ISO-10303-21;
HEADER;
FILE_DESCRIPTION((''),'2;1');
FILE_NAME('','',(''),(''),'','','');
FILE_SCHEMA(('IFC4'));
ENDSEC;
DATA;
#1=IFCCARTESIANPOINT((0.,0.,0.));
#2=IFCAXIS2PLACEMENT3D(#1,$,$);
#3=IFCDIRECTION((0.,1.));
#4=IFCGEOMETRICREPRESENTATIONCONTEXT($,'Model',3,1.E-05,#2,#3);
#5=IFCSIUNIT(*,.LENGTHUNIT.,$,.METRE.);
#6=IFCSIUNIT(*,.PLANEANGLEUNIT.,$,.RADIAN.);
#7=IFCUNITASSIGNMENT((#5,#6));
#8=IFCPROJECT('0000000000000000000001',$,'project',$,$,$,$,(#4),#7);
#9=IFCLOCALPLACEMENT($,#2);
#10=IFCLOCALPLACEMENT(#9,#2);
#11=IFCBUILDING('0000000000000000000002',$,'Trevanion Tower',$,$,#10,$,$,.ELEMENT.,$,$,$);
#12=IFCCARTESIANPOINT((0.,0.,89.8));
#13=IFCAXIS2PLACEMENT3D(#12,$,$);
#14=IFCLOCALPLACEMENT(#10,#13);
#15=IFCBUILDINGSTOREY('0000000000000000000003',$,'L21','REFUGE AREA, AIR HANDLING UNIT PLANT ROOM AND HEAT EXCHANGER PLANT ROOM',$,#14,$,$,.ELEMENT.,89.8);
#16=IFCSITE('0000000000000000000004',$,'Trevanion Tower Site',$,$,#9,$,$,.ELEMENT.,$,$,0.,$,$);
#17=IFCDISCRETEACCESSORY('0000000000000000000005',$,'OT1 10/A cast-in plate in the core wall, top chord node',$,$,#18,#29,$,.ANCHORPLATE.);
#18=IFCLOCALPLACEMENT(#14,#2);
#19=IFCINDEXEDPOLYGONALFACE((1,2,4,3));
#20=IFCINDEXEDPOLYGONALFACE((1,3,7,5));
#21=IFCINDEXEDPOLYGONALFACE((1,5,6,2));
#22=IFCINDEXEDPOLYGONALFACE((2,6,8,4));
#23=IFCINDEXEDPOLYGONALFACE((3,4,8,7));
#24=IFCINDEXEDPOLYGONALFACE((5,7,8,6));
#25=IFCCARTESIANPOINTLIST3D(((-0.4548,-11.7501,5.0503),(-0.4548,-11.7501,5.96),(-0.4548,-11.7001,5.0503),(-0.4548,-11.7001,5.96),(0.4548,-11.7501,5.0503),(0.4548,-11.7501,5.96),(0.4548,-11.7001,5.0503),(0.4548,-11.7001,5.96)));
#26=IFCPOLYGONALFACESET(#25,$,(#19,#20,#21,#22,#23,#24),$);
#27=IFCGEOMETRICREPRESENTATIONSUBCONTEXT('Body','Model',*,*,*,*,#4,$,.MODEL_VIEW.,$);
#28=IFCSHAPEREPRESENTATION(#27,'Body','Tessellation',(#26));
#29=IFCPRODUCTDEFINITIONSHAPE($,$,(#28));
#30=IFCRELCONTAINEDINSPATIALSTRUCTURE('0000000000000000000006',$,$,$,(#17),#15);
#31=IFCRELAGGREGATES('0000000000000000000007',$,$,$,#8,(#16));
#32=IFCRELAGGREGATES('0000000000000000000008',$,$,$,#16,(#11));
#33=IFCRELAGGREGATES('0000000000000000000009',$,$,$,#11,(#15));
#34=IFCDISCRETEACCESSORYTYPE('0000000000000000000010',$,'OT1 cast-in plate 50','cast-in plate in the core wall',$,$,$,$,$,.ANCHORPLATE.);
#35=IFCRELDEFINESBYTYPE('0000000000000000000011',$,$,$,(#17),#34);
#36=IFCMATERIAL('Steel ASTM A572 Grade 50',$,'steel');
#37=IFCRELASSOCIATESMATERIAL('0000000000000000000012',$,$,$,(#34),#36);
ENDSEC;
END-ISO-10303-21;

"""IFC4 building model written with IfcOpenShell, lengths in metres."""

from ifc_helpers import new_model, si_unit, direction, frame, origin, origin_2d, place, context, subcontext, project, spatial, rectangle, extrude, material, type_object, element, save


model = new_model("IFC4")

# Units and contexts
model_context = context("Model", 3, precision=1e-05, world=origin(), true_north=direction((0.0, 1.0)))
body_context = subcontext(model_context, "Body", "Model", "MODEL_VIEW")
ifc_project = project(units=[si_unit("LENGTHUNIT", "METRE"), si_unit("PLANEANGLEUNIT", "RADIAN")], contexts=[model_context])

# Site, building, storey
site_placement = place(None, origin())
site = spatial("IfcSite", under=ifc_project, at=site_placement, Name="Trevanion Tower Site", CompositionType="ELEMENT", RefElevation=0.0)
building_placement = place(site_placement, origin())
building = spatial("IfcBuilding", under=site, at=building_placement, Name="Trevanion Tower", CompositionType="ELEMENT")
storey_placement = place(building_placement, frame((0.0, 0.0, 89.8)))
storey = spatial("IfcBuildingStorey", under=building, at=storey_placement, Name="L21", Description="REFUGE AREA, AIR HANDLING UNIT PLANT ROOM AND HEAT EXCHANGER PLANT ROOM", CompositionType="ELEMENT", Elevation=89.8)

# Discrete accessory
ifc_material_1 = material(Name="Steel ASTM A572 Grade 50", Category="steel")
discrete_accessory_type = type_object("IfcDiscreteAccessoryType", Name="OT1 cast-in plate 50", Description="cast-in plate in the core wall", PredefinedType="ANCHORPLATE", material=ifc_material_1)
for number, where, z_axis, x_axis, name in (
    (1, (0.0, -11.7251, 5.0503), (0.0, 0.0, 1.0), (0.0, -1.0, 0.0), "OT1 10/A cast-in plate in the core wall, top chord node"),
):
    element("IfcDiscreteAccessory", number, at=place(storey_placement, frame(where, z_axis=z_axis, x_axis=x_axis)), inside=storey, type_object=discrete_accessory_type, Name=name, PredefinedType="ANCHORPLATE", context=body_context, shape_type="SweptSolid", body=[
        extrude(rectangle(XDim=0.05, YDim=0.9097, at=origin_2d()), origin(), (0.0, 0.0, 1.0), 0.9097),
    ])

save(model, "model.ifc")
